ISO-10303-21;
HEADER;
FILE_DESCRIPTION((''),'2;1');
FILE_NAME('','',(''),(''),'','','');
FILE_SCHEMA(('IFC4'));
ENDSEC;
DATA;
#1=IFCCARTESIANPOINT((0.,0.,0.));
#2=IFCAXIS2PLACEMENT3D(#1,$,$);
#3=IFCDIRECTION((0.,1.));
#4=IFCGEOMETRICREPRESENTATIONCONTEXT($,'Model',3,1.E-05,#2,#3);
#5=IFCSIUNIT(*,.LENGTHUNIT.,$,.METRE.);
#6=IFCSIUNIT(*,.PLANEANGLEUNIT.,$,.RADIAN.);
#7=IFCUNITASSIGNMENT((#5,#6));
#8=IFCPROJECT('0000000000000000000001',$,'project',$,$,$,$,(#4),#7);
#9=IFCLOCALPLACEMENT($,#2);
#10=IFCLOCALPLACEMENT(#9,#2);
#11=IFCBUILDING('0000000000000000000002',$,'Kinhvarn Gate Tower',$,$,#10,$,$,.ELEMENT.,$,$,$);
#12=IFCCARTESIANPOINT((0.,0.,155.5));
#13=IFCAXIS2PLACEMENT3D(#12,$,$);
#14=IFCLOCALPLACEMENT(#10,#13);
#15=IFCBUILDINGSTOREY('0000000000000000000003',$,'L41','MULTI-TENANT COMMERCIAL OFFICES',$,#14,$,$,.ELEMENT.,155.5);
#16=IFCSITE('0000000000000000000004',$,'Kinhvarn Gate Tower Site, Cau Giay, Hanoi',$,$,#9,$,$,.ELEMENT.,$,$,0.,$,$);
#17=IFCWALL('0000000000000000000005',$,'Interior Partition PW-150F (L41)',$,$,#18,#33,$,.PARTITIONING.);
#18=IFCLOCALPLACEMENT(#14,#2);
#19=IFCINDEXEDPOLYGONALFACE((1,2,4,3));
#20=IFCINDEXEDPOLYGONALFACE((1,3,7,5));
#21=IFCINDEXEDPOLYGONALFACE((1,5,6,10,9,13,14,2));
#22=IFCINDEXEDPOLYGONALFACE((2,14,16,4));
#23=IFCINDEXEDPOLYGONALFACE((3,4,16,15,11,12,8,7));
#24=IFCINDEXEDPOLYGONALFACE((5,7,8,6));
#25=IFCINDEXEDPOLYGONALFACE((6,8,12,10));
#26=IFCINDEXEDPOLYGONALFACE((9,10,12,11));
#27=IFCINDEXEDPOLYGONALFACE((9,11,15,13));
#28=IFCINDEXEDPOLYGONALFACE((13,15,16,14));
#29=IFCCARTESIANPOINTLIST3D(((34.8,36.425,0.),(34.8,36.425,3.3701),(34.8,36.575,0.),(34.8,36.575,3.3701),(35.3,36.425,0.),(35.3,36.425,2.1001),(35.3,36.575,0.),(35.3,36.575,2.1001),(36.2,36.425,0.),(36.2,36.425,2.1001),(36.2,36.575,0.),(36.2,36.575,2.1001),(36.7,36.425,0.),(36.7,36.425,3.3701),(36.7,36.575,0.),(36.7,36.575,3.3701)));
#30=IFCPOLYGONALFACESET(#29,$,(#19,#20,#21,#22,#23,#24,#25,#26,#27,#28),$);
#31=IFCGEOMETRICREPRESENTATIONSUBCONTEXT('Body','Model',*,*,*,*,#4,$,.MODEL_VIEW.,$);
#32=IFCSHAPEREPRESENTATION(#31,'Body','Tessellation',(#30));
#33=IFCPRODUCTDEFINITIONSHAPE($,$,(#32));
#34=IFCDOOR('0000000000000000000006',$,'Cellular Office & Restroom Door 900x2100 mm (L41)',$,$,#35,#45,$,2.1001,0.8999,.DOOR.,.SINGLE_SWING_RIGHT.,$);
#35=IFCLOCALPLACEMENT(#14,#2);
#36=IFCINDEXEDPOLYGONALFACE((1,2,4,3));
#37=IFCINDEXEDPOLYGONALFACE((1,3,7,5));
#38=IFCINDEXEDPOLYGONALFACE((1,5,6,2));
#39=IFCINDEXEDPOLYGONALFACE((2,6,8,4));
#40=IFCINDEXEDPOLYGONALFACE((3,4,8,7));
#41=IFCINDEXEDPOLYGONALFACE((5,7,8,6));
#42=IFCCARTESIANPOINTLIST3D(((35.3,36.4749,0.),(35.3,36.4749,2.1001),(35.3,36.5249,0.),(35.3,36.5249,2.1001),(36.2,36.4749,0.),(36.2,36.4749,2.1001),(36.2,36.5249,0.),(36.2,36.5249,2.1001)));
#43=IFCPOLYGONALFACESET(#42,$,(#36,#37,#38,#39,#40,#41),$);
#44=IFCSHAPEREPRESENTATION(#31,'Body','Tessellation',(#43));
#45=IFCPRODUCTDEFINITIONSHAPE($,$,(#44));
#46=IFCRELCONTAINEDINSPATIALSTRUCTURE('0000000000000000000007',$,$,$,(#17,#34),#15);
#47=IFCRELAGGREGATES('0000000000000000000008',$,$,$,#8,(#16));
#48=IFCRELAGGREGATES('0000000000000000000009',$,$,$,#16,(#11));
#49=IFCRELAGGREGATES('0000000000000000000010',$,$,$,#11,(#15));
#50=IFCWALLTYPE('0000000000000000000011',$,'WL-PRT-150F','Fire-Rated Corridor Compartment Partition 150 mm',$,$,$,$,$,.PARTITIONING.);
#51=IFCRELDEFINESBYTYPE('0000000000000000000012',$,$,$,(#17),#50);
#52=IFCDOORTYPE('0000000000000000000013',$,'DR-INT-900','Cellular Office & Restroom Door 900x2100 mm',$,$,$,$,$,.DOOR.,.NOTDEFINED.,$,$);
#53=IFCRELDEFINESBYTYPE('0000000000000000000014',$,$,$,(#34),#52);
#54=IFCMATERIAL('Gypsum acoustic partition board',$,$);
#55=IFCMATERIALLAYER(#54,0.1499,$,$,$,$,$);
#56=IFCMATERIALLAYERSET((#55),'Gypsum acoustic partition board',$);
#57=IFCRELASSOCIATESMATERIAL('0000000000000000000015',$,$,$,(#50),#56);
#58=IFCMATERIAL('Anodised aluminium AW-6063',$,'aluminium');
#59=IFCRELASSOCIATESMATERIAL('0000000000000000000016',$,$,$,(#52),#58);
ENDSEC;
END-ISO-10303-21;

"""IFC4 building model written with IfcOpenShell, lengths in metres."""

from ifc_helpers import new_model, si_unit, direction, frame, frame_2d, origin, place, context, subcontext, project, spatial, rectangle, extrude, material, layer, layer_set, type_object, element, fill, save


model = new_model("IFC4")

# Units and contexts
model_context = context("Model", 3, precision=1e-05, world=origin(), true_north=direction((0.0, 1.0)))
body_context = subcontext(model_context, "Body", "Model", "MODEL_VIEW")
ifc_project = project(units=[si_unit("LENGTHUNIT", "METRE"), si_unit("PLANEANGLEUNIT", "RADIAN")], contexts=[model_context])

# Site, building, storey
site_placement = place(None, origin())
site = spatial("IfcSite", under=ifc_project, at=site_placement, Name="Kinhvarn Gate Tower Site, Cau Giay, Hanoi", CompositionType="ELEMENT", RefElevation=0.0)
building_placement = place(site_placement, origin())
building = spatial("IfcBuilding", under=site, at=building_placement, Name="Kinhvarn Gate Tower", CompositionType="ELEMENT")
storey_placement = place(building_placement, frame((0.0, 0.0, 155.5)))
storey = spatial("IfcBuildingStorey", under=building, at=storey_placement, Name="L41", Description="MULTI-TENANT COMMERCIAL OFFICES", CompositionType="ELEMENT", Elevation=155.5)

# Shared definitions
ifc_material_1 = material(Name="Anodised aluminium AW-6063", Category="aluminium")

# Shared definitions
ifc_material_2 = material(Name="Gypsum acoustic partition board")

# Wall, opening, door
ifc_layer_1 = layer(ifc_material_2, 0.1499)
ifc_layer_set_1 = layer_set([ifc_layer_1], Name="Gypsum acoustic partition board")
wall_type_1 = type_object("IfcWallType", Name="WL-PRT-150F", Description="Fire-Rated Corridor Compartment Partition 150 mm", PredefinedType="PARTITIONING", material=ifc_layer_set_1)
wall_1_placement = place(storey_placement, frame((34.8, 36.5, 0.0), z_axis=(0.0, 0.0, 1.0), x_axis=(1.0, 0.0, 0.0)))
wall_1 = element("IfcWall", 1, at=wall_1_placement, inside=storey, type_object=wall_type_1, Name="Interior Partition PW-150F (L41)", PredefinedType="PARTITIONING", context=body_context, shape_type="SweptSolid", body=[
    extrude(rectangle(XDim=1.8999, YDim=0.1499, at=frame_2d((0.95, 0.0))), origin(), (0.0, 0.0, 1.0), 3.3701),
])
opening_placement = place(wall_1_placement, frame((0.5, 0.0, 0.0)))
opening = element("IfcOpeningElement", 2, at=opening_placement, cuts=wall_1, PredefinedType="OPENING", context=body_context, shape_type="SweptSolid", body=[
    extrude(rectangle(XDim=0.8999, YDim=2.1001, at=frame_2d((0.45, 1.05))), frame((0.0, 0.085, 0.0), z_axis=(0.0, -1.0, 0.0), x_axis=(1.0, 0.0, 0.0)), (0.0, 0.0, 1.0), 0.1699),
])
door_type = type_object("IfcDoorType", Name="DR-INT-900", Description="Cellular Office & Restroom Door 900x2100 mm", OperationType="NOTDEFINED", PredefinedType="DOOR", material=ifc_material_1)
door_placement = place(opening_placement, origin())
door = element("IfcDoor", 3, at=door_placement, inside=storey, type_object=door_type, Name="Cellular Office & Restroom Door 900x2100 mm (L41)", OperationType="SINGLE_SWING_RIGHT", OverallHeight=2.1001, OverallWidth=0.8999, PredefinedType="DOOR", context=body_context, shape_type="SweptSolid", body=[
    extrude(rectangle(XDim=0.8999, YDim=2.1001, at=frame_2d((0.45, 1.05))), frame((0.0, 0.0249, 0.0), z_axis=(0.0, -1.0, 0.0), x_axis=(1.0, 0.0, 0.0)), (0.0, 0.0, 1.0), 0.05),
])
fill(opening, door)

save(model, "model.ifc")
